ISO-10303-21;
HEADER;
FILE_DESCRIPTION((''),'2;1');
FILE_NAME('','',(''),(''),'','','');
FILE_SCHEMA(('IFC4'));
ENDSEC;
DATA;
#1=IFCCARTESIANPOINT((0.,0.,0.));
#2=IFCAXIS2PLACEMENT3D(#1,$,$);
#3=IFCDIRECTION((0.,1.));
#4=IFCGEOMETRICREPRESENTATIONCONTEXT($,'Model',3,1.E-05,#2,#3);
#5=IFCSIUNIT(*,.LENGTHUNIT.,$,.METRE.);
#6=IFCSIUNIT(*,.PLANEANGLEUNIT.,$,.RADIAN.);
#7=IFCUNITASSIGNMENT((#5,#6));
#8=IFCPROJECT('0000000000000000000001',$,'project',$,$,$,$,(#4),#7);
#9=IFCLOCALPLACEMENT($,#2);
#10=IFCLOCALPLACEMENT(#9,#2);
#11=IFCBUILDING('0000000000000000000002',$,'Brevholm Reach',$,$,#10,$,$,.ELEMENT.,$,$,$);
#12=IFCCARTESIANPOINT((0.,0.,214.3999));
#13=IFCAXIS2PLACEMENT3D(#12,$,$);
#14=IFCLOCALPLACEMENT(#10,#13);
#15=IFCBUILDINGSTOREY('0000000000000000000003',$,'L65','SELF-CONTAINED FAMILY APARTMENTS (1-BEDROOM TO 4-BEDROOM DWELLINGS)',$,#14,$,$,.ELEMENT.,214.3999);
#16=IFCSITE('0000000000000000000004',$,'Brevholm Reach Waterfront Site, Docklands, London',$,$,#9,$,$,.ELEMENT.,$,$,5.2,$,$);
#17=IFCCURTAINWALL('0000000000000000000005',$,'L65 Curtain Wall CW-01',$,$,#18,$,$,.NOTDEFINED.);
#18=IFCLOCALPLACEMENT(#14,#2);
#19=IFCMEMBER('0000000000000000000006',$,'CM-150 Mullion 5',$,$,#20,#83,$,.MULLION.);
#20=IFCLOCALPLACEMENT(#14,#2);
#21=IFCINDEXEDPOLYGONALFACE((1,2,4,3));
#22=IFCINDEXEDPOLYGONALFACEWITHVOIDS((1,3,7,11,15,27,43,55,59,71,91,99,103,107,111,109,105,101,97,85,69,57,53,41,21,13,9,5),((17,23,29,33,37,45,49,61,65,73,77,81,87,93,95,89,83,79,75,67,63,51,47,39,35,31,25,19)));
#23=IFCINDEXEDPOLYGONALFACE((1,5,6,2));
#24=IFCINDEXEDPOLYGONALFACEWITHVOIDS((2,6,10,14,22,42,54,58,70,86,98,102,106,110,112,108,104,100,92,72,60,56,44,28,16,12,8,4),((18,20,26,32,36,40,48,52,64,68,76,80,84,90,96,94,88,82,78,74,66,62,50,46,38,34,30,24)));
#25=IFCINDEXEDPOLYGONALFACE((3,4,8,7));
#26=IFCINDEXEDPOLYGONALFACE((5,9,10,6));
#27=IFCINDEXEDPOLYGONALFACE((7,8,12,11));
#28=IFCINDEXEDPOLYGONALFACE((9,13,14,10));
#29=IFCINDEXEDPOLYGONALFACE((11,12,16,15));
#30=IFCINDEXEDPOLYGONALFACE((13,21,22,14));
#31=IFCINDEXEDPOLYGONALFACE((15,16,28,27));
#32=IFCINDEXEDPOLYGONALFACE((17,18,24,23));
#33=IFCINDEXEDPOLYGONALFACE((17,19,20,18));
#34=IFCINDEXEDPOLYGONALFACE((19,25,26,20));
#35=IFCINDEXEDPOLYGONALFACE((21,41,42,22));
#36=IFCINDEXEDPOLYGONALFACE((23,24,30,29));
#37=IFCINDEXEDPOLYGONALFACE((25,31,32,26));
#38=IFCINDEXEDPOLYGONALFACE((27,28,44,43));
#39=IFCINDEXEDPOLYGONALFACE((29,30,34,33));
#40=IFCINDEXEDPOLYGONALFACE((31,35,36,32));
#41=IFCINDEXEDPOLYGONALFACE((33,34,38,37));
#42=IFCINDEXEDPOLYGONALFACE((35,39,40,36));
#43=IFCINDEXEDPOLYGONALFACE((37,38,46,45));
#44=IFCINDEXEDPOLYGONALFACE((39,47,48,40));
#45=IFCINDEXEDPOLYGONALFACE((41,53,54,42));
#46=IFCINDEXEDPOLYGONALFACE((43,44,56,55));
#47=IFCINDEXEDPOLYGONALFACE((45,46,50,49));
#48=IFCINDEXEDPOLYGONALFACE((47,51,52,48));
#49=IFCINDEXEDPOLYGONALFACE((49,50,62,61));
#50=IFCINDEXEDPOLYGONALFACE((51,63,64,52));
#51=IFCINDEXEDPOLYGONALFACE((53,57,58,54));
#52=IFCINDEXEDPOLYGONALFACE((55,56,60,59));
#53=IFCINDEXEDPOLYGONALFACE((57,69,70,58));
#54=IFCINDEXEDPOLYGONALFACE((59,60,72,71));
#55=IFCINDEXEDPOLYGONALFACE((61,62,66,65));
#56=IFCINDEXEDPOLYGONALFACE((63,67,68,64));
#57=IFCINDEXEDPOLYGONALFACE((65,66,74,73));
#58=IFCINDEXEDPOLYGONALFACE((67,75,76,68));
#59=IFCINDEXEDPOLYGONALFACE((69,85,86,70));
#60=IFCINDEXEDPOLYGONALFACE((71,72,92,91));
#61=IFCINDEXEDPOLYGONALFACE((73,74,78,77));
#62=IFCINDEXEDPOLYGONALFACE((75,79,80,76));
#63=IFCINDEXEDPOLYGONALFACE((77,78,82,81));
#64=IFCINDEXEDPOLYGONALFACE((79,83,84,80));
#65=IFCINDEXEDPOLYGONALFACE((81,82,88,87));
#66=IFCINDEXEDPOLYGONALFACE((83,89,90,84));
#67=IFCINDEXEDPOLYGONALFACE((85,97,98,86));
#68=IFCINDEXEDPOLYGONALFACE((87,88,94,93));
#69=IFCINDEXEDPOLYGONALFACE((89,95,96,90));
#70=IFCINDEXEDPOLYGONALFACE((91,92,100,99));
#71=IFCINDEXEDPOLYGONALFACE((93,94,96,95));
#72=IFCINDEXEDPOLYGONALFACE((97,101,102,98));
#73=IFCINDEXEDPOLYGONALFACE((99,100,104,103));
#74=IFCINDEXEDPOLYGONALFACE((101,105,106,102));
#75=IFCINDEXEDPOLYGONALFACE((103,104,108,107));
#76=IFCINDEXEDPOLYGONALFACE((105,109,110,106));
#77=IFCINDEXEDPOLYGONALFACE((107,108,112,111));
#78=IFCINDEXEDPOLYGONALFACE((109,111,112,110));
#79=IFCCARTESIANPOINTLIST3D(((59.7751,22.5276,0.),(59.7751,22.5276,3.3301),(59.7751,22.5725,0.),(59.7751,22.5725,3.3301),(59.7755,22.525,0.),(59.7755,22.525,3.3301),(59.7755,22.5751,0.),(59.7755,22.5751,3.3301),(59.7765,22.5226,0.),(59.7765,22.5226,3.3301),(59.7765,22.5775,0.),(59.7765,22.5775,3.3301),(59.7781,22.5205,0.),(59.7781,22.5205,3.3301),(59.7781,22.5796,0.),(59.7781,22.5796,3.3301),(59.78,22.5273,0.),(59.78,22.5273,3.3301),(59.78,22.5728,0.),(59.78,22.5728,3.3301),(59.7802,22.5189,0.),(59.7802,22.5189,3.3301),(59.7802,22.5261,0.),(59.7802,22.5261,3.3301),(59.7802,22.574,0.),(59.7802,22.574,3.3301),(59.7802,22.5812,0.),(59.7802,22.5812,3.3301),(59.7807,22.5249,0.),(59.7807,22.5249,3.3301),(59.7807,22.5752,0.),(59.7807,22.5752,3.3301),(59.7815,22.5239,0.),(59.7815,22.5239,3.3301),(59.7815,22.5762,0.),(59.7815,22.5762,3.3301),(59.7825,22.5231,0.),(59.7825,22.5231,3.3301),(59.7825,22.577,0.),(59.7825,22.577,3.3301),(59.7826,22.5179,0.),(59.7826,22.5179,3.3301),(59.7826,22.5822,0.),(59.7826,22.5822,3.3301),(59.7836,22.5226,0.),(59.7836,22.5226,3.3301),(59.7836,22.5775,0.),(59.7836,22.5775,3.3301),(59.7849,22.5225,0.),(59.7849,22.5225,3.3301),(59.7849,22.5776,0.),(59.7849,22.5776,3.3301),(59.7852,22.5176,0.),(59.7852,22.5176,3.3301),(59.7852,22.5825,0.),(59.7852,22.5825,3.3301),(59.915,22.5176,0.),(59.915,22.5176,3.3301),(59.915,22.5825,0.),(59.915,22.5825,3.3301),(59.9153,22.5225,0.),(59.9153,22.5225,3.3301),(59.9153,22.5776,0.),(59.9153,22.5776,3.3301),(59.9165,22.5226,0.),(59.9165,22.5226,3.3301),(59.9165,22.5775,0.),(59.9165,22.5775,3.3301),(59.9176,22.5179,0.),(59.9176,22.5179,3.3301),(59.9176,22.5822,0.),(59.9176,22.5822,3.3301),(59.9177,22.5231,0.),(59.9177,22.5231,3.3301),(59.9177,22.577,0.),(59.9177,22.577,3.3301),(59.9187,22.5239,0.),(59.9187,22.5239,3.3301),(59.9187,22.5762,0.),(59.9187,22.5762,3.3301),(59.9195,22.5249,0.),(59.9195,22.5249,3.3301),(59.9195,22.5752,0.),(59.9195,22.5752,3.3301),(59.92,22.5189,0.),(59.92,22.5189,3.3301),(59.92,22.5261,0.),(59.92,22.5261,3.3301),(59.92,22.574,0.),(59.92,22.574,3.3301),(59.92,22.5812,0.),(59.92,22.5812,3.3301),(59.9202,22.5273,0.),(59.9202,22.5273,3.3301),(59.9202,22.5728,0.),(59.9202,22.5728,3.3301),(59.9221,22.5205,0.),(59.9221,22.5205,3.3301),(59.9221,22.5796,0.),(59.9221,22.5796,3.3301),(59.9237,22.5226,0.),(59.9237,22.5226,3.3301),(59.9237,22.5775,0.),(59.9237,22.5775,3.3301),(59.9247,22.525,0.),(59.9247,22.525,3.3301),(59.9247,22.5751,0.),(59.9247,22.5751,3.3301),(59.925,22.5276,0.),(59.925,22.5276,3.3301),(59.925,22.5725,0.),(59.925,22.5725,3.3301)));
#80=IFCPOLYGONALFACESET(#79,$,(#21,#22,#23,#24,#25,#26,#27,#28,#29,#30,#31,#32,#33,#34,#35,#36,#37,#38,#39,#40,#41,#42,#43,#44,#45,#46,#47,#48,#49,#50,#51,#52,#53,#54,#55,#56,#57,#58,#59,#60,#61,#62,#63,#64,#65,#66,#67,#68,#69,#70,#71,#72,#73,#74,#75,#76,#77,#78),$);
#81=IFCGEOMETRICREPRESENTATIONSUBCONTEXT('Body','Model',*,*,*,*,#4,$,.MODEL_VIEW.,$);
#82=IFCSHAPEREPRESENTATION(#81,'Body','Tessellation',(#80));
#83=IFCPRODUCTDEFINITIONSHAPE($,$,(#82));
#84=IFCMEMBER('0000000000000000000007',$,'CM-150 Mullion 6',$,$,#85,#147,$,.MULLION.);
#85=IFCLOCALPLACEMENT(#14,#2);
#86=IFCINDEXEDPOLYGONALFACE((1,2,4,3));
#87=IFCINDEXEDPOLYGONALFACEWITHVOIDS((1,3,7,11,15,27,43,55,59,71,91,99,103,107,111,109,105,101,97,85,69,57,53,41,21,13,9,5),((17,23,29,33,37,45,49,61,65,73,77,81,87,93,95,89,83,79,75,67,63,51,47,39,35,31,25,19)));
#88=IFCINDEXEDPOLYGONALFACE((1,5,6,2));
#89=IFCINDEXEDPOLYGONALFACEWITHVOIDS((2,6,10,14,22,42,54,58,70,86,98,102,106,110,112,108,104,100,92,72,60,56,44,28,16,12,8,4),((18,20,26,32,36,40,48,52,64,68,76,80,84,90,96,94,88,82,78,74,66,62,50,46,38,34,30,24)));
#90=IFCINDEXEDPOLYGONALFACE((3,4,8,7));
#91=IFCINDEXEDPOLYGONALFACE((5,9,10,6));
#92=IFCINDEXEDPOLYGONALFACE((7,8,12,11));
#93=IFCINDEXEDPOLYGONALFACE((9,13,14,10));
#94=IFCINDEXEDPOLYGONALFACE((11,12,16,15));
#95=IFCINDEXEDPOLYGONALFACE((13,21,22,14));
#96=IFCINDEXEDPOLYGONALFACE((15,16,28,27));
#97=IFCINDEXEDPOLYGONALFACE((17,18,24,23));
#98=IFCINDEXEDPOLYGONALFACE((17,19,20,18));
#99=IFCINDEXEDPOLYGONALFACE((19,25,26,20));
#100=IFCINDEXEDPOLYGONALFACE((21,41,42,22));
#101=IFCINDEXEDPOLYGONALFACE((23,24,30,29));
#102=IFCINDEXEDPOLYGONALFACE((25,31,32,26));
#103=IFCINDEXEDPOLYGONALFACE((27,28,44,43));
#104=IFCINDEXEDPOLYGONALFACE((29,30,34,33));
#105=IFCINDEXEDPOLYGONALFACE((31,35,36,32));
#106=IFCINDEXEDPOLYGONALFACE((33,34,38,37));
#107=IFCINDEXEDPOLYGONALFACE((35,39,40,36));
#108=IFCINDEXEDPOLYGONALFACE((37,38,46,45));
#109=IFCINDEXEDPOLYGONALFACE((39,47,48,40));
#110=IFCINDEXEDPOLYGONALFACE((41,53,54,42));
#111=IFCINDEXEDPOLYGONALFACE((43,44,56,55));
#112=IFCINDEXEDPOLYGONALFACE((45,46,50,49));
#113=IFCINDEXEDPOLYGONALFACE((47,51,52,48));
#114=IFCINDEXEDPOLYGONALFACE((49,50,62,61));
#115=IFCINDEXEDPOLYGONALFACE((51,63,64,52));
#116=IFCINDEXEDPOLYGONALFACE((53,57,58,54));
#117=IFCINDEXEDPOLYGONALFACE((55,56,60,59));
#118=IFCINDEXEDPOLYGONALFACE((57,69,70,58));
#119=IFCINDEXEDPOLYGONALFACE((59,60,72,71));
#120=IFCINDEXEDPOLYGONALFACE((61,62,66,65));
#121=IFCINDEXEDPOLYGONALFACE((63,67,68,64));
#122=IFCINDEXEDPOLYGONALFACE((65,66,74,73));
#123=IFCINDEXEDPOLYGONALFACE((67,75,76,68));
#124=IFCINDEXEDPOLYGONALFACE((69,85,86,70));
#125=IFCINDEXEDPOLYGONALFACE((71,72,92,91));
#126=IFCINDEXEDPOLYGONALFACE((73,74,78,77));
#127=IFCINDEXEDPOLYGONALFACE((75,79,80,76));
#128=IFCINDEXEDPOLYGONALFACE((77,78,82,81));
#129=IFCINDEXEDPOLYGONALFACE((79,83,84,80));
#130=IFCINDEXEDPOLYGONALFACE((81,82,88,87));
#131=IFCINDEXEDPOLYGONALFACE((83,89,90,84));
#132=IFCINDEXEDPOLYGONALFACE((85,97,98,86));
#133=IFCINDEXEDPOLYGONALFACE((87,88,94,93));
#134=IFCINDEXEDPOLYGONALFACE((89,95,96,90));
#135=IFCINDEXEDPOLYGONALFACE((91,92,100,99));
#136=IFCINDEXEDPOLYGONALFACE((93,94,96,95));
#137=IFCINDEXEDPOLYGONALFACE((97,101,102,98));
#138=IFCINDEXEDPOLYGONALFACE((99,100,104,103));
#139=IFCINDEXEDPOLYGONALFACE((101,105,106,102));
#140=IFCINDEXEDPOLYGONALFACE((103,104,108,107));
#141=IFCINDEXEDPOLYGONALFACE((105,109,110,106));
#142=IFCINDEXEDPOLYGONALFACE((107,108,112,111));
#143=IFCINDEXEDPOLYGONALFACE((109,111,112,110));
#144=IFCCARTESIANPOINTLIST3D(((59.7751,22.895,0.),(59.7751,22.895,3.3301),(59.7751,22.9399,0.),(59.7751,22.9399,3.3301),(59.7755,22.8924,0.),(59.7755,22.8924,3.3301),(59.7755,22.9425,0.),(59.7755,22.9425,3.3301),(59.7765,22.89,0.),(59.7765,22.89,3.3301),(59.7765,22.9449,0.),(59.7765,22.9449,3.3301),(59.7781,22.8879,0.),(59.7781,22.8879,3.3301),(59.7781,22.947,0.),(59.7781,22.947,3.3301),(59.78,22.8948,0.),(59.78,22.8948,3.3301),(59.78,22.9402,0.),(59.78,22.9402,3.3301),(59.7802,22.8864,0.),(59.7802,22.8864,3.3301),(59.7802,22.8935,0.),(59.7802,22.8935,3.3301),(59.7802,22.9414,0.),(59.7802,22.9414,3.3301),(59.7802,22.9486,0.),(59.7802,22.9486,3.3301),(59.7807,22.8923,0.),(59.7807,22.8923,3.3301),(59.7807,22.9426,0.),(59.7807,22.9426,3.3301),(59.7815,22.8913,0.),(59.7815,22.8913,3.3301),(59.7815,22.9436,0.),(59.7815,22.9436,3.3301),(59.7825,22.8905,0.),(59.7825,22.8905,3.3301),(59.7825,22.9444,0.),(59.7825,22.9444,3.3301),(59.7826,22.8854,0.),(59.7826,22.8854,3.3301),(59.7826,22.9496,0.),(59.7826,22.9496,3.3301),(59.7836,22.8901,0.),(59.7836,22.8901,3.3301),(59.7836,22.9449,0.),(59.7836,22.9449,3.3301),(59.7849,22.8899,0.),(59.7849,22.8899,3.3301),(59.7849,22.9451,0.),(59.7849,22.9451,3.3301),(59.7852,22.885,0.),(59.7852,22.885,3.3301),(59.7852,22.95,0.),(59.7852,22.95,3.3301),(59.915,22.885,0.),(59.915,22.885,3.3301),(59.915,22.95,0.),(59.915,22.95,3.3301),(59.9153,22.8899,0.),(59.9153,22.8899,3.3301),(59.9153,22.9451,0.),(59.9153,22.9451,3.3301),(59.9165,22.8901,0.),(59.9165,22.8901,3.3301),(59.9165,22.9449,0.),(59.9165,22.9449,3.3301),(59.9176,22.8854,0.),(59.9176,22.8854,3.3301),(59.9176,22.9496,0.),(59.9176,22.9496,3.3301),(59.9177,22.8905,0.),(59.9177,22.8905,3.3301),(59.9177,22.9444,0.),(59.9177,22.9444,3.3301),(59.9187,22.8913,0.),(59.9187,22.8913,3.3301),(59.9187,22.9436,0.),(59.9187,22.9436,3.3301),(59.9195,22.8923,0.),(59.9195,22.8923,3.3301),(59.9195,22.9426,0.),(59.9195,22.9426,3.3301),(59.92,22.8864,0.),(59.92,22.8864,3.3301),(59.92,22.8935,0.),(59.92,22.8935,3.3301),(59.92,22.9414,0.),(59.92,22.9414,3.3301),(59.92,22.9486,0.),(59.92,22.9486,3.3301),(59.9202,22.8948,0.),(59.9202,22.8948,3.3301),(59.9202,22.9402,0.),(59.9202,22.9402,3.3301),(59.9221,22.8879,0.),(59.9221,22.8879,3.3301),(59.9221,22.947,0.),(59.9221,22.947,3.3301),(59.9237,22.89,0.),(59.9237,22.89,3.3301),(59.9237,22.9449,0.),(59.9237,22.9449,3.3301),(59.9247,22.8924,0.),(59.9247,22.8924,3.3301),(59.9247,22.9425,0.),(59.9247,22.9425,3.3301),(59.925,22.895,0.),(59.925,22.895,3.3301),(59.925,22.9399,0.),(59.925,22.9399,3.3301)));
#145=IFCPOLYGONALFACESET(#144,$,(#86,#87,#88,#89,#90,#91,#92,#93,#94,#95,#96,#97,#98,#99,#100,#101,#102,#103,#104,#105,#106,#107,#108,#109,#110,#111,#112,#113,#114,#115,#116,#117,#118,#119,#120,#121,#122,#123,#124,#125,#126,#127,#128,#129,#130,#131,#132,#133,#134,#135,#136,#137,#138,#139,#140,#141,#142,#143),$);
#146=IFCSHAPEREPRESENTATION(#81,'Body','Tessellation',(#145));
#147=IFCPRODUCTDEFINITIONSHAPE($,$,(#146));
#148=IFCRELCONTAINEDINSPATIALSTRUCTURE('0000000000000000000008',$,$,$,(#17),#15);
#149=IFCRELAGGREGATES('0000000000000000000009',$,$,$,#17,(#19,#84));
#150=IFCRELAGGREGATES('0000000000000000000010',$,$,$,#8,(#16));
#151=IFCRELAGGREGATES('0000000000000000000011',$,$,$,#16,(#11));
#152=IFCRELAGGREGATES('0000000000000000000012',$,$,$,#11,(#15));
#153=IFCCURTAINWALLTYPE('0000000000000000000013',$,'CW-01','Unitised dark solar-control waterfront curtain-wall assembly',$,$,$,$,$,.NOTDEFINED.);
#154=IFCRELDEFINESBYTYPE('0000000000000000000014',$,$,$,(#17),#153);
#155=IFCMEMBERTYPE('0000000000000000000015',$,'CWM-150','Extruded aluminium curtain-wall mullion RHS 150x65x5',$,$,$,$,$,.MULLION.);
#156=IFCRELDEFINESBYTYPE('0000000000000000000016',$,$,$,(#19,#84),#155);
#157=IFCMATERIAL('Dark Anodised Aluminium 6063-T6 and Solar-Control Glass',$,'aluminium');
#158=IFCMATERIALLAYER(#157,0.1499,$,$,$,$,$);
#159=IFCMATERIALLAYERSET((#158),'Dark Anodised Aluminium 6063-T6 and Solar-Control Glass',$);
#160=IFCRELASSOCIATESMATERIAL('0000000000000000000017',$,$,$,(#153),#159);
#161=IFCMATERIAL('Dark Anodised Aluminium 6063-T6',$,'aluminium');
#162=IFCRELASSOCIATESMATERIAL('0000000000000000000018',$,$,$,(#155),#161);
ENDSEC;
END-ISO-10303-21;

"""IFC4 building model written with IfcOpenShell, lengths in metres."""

from ifc_helpers import new_model, si_unit, direction, frame, origin, origin_2d, place, context, subcontext, project, spatial, hollow_rectangle, extrude, material, layer, layer_set, material_profile, profile_set, type_object, element, aggregate, save


model = new_model("IFC4")

# Units and contexts
model_context = context("Model", 3, precision=1e-05, world=origin(), true_north=direction((0.0, 1.0)))
body_context = subcontext(model_context, "Body", "Model", "MODEL_VIEW")
ifc_project = project(units=[si_unit("LENGTHUNIT", "METRE"), si_unit("PLANEANGLEUNIT", "RADIAN")], contexts=[model_context])

# Site, building, storey
site_placement = place(None, origin())
site = spatial("IfcSite", under=ifc_project, at=site_placement, Name="Brevholm Reach Waterfront Site, Docklands, London", CompositionType="ELEMENT", RefElevation=5.2)
building_placement = place(site_placement, origin())
building = spatial("IfcBuilding", under=site, at=building_placement, Name="Brevholm Reach", CompositionType="ELEMENT")
storey_placement = place(building_placement, frame((0.0, 0.0, 214.3999)))
storey = spatial("IfcBuildingStorey", under=building, at=storey_placement, Name="L65", Description="SELF-CONTAINED FAMILY APARTMENTS (1-BEDROOM TO 4-BEDROOM DWELLINGS)", CompositionType="ELEMENT", Elevation=214.3999)

# Curtain wall, members
ifc_material_1 = material(Name="Dark Anodised Aluminium 6063-T6 and Solar-Control Glass", Category="aluminium")
ifc_layer_1 = layer(ifc_material_1, 0.1499)
ifc_layer_set_1 = layer_set([ifc_layer_1], Name="Dark Anodised Aluminium 6063-T6 and Solar-Control Glass")
curtain_wall_type = type_object("IfcCurtainWallType", Name="CW-01", Description="Unitised dark solar-control waterfront curtain-wall assembly", PredefinedType="NOTDEFINED", material=ifc_layer_set_1)
curtain_wall_placement = place(storey_placement, origin())
curtain_wall = element("IfcCurtainWall", 1, at=curtain_wall_placement, inside=storey, type_object=curtain_wall_type, Name="L65 Curtain Wall CW-01", PredefinedType="NOTDEFINED")
ifc_material_2 = material(Name="Dark Anodised Aluminium 6063-T6", Category="aluminium")
ifc_material_profile_1 = material_profile(ifc_material_2, hollow_rectangle(XDim=0.0649, YDim=0.1499, WallThickness=0.0049, InnerFilletRadius=0.0049, OuterFilletRadius=0.01, at=origin_2d()), Name="RHS 150x65x5")
ifc_profile_set_1 = profile_set([ifc_material_profile_1], Name="Dark Anodised Aluminium 6063-T6")
member_type_1 = type_object("IfcMemberType", Name="CWM-150", Description="Extruded aluminium curtain-wall mullion RHS 150x65x5", PredefinedType="MULLION", material=ifc_profile_set_1)
member_1_placement = place(storey_placement, frame((59.8501, 22.55, 0.0), z_axis=(0.0, 0.0, 1.0), x_axis=(0.0, 1.0, 0.0)))
member_1 = element("IfcMember", 2, at=member_1_placement, type_object=member_type_1, Name="CM-150 Mullion 5", PredefinedType="MULLION", context=body_context, shape_type="SweptSolid", body=[
    extrude(hollow_rectangle(XDim=0.0649, YDim=0.1499, WallThickness=0.0049, InnerFilletRadius=0.0049, OuterFilletRadius=0.01, at=origin_2d()), origin(), (0.0, 0.0, 1.0), 3.3301),
])
member_2_placement = place(storey_placement, frame((59.8501, 22.9175, 0.0), z_axis=(0.0, 0.0, 1.0), x_axis=(0.0, 1.0, 0.0)))
member_2 = element("IfcMember", 3, at=member_2_placement, type_object=member_type_1, Name="CM-150 Mullion 6", PredefinedType="MULLION", context=body_context, shape_type="SweptSolid", body=[
    extrude(hollow_rectangle(XDim=0.0649, YDim=0.1499, WallThickness=0.0049, InnerFilletRadius=0.0049, OuterFilletRadius=0.01, at=origin_2d()), origin(), (0.0, 0.0, 1.0), 3.3301),
])
aggregate(curtain_wall, [member_1, member_2])

save(model, "model.ifc")
